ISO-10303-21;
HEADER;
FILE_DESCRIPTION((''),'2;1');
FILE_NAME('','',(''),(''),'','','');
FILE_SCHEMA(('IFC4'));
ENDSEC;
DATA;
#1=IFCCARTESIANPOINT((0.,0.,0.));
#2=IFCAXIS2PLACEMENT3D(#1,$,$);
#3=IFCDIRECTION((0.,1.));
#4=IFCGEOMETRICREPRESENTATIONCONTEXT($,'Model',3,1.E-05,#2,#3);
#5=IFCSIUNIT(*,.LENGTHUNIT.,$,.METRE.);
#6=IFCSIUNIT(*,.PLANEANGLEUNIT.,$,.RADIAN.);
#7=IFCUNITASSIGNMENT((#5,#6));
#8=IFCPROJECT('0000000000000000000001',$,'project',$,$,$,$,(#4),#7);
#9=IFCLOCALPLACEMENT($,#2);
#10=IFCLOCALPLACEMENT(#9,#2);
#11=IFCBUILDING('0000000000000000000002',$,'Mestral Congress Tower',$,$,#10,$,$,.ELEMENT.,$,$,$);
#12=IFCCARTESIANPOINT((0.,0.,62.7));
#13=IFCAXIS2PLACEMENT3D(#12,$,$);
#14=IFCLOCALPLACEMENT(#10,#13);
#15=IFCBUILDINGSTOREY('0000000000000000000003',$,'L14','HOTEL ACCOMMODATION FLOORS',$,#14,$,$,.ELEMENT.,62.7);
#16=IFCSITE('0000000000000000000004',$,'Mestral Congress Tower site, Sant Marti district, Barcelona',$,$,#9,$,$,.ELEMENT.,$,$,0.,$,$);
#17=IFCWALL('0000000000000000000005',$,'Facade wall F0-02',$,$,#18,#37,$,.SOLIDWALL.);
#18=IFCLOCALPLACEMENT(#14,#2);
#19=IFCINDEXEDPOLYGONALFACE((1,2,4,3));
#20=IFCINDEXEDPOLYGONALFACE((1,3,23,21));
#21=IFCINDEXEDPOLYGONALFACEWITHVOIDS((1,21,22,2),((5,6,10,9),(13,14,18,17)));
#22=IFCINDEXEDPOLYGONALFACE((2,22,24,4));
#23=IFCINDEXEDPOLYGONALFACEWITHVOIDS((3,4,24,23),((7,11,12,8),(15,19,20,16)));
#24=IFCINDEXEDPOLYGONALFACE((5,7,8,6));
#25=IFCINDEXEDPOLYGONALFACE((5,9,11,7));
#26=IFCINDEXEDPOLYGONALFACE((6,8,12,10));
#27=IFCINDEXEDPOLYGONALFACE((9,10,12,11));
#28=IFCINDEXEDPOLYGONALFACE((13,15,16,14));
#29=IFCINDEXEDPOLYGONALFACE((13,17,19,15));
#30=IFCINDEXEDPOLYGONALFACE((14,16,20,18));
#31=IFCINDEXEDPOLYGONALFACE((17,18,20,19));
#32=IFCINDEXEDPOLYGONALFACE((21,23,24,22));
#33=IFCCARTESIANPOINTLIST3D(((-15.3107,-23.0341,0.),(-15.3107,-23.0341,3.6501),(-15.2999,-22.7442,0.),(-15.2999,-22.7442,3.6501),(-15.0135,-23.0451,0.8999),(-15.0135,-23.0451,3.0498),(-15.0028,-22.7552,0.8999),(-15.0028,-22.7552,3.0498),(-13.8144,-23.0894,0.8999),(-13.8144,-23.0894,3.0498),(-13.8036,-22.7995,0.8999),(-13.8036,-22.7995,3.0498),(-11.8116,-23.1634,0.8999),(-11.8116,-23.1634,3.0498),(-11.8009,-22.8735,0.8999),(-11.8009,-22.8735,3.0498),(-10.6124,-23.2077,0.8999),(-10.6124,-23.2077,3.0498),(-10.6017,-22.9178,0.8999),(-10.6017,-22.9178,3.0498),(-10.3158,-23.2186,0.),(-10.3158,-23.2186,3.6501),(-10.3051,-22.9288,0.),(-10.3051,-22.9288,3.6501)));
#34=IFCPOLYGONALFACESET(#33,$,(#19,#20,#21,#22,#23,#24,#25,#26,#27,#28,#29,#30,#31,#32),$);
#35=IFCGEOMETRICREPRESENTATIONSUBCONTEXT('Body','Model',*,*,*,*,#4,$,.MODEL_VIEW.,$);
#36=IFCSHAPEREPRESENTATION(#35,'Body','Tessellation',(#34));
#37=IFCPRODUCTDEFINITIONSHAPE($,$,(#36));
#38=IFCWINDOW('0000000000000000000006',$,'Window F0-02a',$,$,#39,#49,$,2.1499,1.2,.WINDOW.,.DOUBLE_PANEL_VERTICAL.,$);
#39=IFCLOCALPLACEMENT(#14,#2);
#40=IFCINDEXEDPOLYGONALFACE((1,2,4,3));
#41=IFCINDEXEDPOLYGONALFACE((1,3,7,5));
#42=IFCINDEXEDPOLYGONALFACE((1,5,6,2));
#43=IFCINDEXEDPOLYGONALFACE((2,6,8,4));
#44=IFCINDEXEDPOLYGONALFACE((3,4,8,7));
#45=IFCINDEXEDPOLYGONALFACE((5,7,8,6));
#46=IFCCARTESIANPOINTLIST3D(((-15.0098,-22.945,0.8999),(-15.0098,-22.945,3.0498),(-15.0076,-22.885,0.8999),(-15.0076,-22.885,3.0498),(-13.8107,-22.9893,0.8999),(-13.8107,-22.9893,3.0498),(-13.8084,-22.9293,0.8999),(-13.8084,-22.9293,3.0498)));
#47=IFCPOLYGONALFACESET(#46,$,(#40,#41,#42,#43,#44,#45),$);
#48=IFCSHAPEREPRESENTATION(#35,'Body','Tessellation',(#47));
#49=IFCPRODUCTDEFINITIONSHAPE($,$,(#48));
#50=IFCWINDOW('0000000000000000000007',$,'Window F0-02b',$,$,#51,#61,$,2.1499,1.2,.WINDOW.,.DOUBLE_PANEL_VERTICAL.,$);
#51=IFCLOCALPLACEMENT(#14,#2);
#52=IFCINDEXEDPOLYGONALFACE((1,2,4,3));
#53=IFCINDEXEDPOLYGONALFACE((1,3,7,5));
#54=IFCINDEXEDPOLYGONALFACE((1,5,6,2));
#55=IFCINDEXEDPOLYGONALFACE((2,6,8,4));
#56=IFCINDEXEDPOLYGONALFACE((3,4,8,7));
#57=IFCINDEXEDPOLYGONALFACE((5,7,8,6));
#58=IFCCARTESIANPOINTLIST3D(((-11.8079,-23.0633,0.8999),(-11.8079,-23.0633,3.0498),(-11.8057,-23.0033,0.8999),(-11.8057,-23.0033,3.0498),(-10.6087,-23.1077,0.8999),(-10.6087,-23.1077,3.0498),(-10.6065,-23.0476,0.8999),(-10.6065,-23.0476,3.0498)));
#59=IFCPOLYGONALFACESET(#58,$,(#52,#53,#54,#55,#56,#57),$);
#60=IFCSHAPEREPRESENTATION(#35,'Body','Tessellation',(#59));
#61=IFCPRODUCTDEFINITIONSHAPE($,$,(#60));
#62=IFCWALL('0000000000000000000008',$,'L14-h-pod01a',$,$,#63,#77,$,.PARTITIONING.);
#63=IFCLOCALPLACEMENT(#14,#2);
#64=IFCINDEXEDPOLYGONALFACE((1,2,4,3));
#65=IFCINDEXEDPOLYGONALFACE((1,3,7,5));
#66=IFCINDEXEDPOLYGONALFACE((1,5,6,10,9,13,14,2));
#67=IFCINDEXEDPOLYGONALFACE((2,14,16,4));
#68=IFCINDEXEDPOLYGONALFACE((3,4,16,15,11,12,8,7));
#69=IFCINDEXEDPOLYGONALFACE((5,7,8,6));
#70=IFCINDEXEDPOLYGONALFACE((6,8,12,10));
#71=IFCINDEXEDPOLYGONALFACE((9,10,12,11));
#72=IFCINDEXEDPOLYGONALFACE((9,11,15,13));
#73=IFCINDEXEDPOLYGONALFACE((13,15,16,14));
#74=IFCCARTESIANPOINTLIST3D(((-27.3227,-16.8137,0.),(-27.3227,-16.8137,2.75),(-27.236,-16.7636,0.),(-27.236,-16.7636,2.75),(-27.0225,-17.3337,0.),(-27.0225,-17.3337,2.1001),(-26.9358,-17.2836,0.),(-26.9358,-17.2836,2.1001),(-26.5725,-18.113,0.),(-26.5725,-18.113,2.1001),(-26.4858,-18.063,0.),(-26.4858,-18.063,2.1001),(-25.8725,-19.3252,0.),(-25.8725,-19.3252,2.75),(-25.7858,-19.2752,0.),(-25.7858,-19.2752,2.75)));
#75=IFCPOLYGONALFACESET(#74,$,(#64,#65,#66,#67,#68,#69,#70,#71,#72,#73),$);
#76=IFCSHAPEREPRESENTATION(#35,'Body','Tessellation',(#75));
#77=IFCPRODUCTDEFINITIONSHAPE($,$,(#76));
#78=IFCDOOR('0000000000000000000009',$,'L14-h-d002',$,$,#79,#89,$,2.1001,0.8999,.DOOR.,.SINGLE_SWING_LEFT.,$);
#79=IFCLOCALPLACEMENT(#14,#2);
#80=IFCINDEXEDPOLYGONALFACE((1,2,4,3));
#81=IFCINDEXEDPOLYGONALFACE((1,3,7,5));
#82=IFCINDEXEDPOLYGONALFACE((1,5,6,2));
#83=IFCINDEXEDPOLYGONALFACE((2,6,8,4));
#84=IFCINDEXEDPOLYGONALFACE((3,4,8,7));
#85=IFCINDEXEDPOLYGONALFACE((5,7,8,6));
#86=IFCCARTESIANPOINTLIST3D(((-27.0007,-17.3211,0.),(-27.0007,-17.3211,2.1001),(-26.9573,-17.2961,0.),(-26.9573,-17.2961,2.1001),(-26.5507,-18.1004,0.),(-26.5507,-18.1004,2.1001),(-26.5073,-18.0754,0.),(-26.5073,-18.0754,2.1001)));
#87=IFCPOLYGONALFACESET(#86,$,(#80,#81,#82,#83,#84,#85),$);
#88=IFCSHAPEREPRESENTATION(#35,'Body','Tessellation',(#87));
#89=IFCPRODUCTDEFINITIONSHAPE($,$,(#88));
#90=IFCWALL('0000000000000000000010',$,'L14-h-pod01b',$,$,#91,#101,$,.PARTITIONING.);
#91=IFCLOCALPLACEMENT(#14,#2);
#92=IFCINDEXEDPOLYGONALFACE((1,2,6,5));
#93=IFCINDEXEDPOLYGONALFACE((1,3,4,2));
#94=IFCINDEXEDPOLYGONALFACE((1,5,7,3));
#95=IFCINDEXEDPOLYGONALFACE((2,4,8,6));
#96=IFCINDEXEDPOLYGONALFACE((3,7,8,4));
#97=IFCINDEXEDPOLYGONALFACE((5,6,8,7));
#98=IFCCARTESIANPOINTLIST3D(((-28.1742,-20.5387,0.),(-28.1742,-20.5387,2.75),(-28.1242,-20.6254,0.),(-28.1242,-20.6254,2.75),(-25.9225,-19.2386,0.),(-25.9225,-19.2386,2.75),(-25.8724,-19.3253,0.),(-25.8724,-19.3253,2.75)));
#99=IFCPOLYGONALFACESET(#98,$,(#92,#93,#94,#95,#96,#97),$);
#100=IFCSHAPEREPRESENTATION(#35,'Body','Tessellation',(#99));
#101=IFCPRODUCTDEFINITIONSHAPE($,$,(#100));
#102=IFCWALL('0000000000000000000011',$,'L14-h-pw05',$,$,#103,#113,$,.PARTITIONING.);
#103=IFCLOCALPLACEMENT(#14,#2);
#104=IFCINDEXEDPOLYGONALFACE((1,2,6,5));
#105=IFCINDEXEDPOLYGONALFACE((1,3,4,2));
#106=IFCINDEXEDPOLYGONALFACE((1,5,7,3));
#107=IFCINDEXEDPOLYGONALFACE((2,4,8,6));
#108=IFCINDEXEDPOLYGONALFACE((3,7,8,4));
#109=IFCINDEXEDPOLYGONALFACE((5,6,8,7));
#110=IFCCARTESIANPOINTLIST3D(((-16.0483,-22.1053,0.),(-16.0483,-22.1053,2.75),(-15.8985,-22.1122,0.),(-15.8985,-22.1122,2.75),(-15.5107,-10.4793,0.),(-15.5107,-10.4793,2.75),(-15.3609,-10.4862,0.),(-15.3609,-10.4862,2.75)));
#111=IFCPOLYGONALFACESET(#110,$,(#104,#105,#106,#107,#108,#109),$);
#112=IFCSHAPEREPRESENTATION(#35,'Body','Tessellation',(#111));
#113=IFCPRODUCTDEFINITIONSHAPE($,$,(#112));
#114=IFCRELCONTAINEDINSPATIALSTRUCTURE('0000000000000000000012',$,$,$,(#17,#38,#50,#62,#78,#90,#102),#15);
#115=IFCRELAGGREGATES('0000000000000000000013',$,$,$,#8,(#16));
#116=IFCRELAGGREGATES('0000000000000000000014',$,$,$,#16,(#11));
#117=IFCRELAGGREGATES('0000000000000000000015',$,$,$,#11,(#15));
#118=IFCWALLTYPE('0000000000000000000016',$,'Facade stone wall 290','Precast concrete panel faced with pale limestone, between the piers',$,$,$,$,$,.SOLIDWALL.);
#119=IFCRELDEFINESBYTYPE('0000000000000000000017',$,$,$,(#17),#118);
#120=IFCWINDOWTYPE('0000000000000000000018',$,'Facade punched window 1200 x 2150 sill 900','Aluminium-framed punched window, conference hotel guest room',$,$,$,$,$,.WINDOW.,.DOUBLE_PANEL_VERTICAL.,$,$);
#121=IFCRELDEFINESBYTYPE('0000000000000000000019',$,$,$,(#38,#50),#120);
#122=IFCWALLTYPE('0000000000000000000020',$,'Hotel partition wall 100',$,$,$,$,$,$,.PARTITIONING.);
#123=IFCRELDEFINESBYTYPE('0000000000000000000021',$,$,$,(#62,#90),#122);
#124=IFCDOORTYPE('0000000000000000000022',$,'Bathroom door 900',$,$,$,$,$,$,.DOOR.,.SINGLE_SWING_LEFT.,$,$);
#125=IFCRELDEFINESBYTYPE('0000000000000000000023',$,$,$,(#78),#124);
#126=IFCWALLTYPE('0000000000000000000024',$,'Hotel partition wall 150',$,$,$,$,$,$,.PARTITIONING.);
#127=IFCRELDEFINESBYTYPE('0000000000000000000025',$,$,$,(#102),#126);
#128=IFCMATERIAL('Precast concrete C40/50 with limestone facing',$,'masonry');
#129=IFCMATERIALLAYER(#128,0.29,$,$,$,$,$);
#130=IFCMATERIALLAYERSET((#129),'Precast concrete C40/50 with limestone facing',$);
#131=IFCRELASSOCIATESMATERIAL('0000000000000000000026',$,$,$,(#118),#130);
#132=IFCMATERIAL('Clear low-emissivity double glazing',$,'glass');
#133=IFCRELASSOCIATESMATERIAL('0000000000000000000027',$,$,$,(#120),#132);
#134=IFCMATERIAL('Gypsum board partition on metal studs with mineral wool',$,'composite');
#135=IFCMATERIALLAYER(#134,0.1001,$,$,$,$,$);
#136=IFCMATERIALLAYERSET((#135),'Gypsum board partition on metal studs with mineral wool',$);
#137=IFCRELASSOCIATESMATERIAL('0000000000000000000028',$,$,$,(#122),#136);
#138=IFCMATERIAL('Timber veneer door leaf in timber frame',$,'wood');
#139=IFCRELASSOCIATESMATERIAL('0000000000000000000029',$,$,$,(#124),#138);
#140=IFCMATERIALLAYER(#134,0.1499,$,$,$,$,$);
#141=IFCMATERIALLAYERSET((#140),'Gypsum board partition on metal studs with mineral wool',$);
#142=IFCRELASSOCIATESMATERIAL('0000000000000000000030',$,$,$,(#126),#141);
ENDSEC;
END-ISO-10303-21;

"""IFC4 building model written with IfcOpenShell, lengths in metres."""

from ifc_helpers import new_model, si_unit, direction, frame, frame_2d, origin, place, context, subcontext, project, spatial, rectangle, extrude, material, layer, layer_set, type_object, element, fill, save


model = new_model("IFC4")

# Units and contexts
model_context = context("Model", 3, precision=1e-05, world=origin(), true_north=direction((0.0, 1.0)))
body_context = subcontext(model_context, "Body", "Model", "MODEL_VIEW")
ifc_project = project(units=[si_unit("LENGTHUNIT", "METRE"), si_unit("PLANEANGLEUNIT", "RADIAN")], contexts=[model_context])

# Site, building, storey
site_placement = place(None, origin())
site = spatial("IfcSite", under=ifc_project, at=site_placement, Name="Mestral Congress Tower site, Sant Marti district, Barcelona", CompositionType="ELEMENT", RefElevation=0.0)
building_placement = place(site_placement, origin())
building = spatial("IfcBuilding", under=site, at=building_placement, Name="Mestral Congress Tower", CompositionType="ELEMENT")
storey_placement = place(building_placement, frame((0.0, 0.0, 62.7)))
storey = spatial("IfcBuildingStorey", under=building, at=storey_placement, Name="L14", Description="HOTEL ACCOMMODATION FLOORS", CompositionType="ELEMENT", Elevation=62.7)

# Wall, openings, windows
ifc_material_1 = material(Name="Precast concrete C40/50 with limestone facing", Category="masonry")
ifc_layer_1 = layer(ifc_material_1, 0.29)
ifc_layer_set_1 = layer_set([ifc_layer_1], Name="Precast concrete C40/50 with limestone facing")
wall_type_1 = type_object("IfcWallType", Name="Facade stone wall 290", Description="Precast concrete panel faced with pale limestone, between the piers", PredefinedType="SOLIDWALL", material=ifc_layer_set_1)
ifc_material_2 = material(Name="Clear low-emissivity double glazing", Category="glass")
window_type = type_object("IfcWindowType", Name="Facade punched window 1200 x 2150 sill 900", Description="Aluminium-framed punched window, conference hotel guest room", PartitioningType="DOUBLE_PANEL_VERTICAL", PredefinedType="WINDOW", material=ifc_material_2)
wall_1_placement = place(storey_placement, frame((-15.3052, -22.8892, 0.0), z_axis=(0.0, 0.0, 1.0), x_axis=(0.999318, -0.036927, 0.0)))
wall_1 = element("IfcWall", 1, at=wall_1_placement, inside=storey, type_object=wall_type_1, Name="Facade wall F0-02", PredefinedType="SOLIDWALL", context=body_context, shape_type="SweptSolid", body=[
    extrude(rectangle(XDim=4.9983, YDim=0.29, at=frame_2d((2.499, 0.0))), origin(), (0.0, 0.0, 1.0), 3.6501),
])
opening_1_placement = place(wall_1_placement, frame((0.2971, 0.0, 0.8999)))
opening_1 = element("IfcOpeningElement", 2, at=opening_1_placement, cuts=wall_1, PredefinedType="OPENING", context=body_context, shape_type="SweptSolid", body=[
    extrude(rectangle(XDim=1.2, YDim=2.1499, at=frame_2d((0.6001, 1.075))), frame((0.0, 0.155, 0.0), z_axis=(0.0, -1.0, 0.0), x_axis=(1.0, 0.0, 0.0)), (0.0, 0.0, 1.0), 0.3101),
])
opening_2_placement = place(wall_1_placement, frame((3.5012, 0.0, 0.8999)))
opening_2 = element("IfcOpeningElement", 3, at=opening_2_placement, cuts=wall_1, PredefinedType="OPENING", context=body_context, shape_type="SweptSolid", body=[
    extrude(rectangle(XDim=1.2, YDim=2.1499, at=frame_2d((0.6001, 1.075))), frame((0.0, 0.155, 0.0), z_axis=(0.0, -1.0, 0.0), x_axis=(1.0, 0.0, 0.0)), (0.0, 0.0, 1.0), 0.3101),
])
window_1_placement = place(opening_1_placement, origin())
window_1 = element("IfcWindow", 4, at=window_1_placement, inside=storey, type_object=window_type, Name="Window F0-02a", OverallHeight=2.1499, OverallWidth=1.2, PartitioningType="DOUBLE_PANEL_VERTICAL", PredefinedType="WINDOW", context=body_context, shape_type="SweptSolid", body=[
    extrude(rectangle(XDim=1.2, YDim=2.1499, at=frame_2d((0.6001, 1.075))), frame((0.0, 0.0151, 0.0), z_axis=(0.0, -1.0, 0.0), x_axis=(1.0, 0.0, 0.0)), (0.0, 0.0, 1.0), 0.0601),
])
fill(opening_1, window_1)
window_2_placement = place(opening_2_placement, origin())
window_2 = element("IfcWindow", 5, at=window_2_placement, inside=storey, type_object=window_type, Name="Window F0-02b", OverallHeight=2.1499, OverallWidth=1.2, PartitioningType="DOUBLE_PANEL_VERTICAL", PredefinedType="WINDOW", context=body_context, shape_type="SweptSolid", body=[
    extrude(rectangle(XDim=1.2, YDim=2.1499, at=frame_2d((0.6001, 1.075))), frame((0.0, 0.0151, 0.0), z_axis=(0.0, -1.0, 0.0), x_axis=(1.0, 0.0, 0.0)), (0.0, 0.0, 1.0), 0.0601),
])
fill(opening_2, window_2)

# Wall, opening, door
ifc_material_3 = material(Name="Gypsum board partition on metal studs with mineral wool", Category="composite")
ifc_layer_2 = layer(ifc_material_3, 0.1001)
ifc_layer_set_2 = layer_set([ifc_layer_2], Name="Gypsum board partition on metal studs with mineral wool")
wall_type_2 = type_object("IfcWallType", Name="Hotel partition wall 100", PredefinedType="PARTITIONING", material=ifc_layer_set_2)
wall_2_placement = place(storey_placement, frame((-25.8291, -19.3003, 0.0), z_axis=(0.0, 0.0, 1.0), x_axis=(-0.50005, 0.865996, 0.0)))
wall_2 = element("IfcWall", 6, at=wall_2_placement, inside=storey, type_object=wall_type_2, Name="L14-h-pod01a", PredefinedType="PARTITIONING", context=body_context, shape_type="SweptSolid", body=[
    extrude(rectangle(XDim=2.9001, YDim=0.1001, at=frame_2d((1.4502, 0.0))), origin(), (0.0, 0.0, 1.0), 2.75),
])
opening_3_placement = place(wall_2_placement, frame((1.3999, 0.0, 0.0)))
opening_3 = element("IfcOpeningElement", 7, at=opening_3_placement, cuts=wall_2, PredefinedType="OPENING", context=body_context, shape_type="SweptSolid", body=[
    extrude(rectangle(XDim=0.8999, YDim=2.1001, at=frame_2d((0.45, 1.05))), frame((0.0, 0.0601, 0.0), z_axis=(0.0, -1.0, 0.0), x_axis=(1.0, 0.0, 0.0)), (0.0, 0.0, 1.0), 0.1201),
])
ifc_material_4 = material(Name="Timber veneer door leaf in timber frame", Category="wood")
door_type = type_object("IfcDoorType", Name="Bathroom door 900", OperationType="SINGLE_SWING_LEFT", PredefinedType="DOOR", material=ifc_material_4)
door_placement = place(opening_3_placement, origin())
door = element("IfcDoor", 8, at=door_placement, inside=storey, type_object=door_type, Name="L14-h-d002", OperationType="SINGLE_SWING_LEFT", OverallHeight=2.1001, OverallWidth=0.8999, PredefinedType="DOOR", context=body_context, shape_type="SweptSolid", body=[
    extrude(rectangle(XDim=0.8999, YDim=2.1001, at=frame_2d((0.45, 1.05))), frame((0.0, 0.0249, 0.0), z_axis=(0.0, -1.0, 0.0), x_axis=(1.0, 0.0, 0.0)), (0.0, 0.0, 1.0), 0.05),
])
fill(opening_3, door)

# Walls
wall_3_placement = place(storey_placement, frame((-25.8975, -19.282, 0.0), z_axis=(0.0, 0.0, 1.0), x_axis=(-0.866021, -0.500007, 0.0)))
element("IfcWall", 9, at=wall_3_placement, inside=storey, type_object=wall_type_2, Name="L14-h-pod01b", PredefinedType="PARTITIONING", context=body_context, shape_type="SweptSolid", body=[
    extrude(rectangle(XDim=2.6001, YDim=0.1001, at=frame_2d((1.3, 0.0))), origin(), (0.0, 0.0, 1.0), 2.75),
])
ifc_layer_3 = layer(ifc_material_3, 0.1499)
ifc_layer_set_3 = layer_set([ifc_layer_3], Name="Gypsum board partition on metal studs with mineral wool")
wall_type_3 = type_object("IfcWallType", Name="Hotel partition wall 150", PredefinedType="PARTITIONING", material=ifc_layer_set_3)
wall_4_placement = place(storey_placement, frame((-15.9734, -22.1089, 0.0), z_axis=(0.0, 0.0, 1.0), x_axis=(0.046192, 0.998933, 0.0)))
element("IfcWall", 10, at=wall_4_placement, inside=storey, type_object=wall_type_3, Name="L14-h-pw05", PredefinedType="PARTITIONING", context=body_context, shape_type="SweptSolid", body=[
    extrude(rectangle(XDim=11.6384, YDim=0.1499, at=frame_2d((5.8193, 0.0))), origin(), (0.0, 0.0, 1.0), 2.75),
])

save(model, "model.ifc")
